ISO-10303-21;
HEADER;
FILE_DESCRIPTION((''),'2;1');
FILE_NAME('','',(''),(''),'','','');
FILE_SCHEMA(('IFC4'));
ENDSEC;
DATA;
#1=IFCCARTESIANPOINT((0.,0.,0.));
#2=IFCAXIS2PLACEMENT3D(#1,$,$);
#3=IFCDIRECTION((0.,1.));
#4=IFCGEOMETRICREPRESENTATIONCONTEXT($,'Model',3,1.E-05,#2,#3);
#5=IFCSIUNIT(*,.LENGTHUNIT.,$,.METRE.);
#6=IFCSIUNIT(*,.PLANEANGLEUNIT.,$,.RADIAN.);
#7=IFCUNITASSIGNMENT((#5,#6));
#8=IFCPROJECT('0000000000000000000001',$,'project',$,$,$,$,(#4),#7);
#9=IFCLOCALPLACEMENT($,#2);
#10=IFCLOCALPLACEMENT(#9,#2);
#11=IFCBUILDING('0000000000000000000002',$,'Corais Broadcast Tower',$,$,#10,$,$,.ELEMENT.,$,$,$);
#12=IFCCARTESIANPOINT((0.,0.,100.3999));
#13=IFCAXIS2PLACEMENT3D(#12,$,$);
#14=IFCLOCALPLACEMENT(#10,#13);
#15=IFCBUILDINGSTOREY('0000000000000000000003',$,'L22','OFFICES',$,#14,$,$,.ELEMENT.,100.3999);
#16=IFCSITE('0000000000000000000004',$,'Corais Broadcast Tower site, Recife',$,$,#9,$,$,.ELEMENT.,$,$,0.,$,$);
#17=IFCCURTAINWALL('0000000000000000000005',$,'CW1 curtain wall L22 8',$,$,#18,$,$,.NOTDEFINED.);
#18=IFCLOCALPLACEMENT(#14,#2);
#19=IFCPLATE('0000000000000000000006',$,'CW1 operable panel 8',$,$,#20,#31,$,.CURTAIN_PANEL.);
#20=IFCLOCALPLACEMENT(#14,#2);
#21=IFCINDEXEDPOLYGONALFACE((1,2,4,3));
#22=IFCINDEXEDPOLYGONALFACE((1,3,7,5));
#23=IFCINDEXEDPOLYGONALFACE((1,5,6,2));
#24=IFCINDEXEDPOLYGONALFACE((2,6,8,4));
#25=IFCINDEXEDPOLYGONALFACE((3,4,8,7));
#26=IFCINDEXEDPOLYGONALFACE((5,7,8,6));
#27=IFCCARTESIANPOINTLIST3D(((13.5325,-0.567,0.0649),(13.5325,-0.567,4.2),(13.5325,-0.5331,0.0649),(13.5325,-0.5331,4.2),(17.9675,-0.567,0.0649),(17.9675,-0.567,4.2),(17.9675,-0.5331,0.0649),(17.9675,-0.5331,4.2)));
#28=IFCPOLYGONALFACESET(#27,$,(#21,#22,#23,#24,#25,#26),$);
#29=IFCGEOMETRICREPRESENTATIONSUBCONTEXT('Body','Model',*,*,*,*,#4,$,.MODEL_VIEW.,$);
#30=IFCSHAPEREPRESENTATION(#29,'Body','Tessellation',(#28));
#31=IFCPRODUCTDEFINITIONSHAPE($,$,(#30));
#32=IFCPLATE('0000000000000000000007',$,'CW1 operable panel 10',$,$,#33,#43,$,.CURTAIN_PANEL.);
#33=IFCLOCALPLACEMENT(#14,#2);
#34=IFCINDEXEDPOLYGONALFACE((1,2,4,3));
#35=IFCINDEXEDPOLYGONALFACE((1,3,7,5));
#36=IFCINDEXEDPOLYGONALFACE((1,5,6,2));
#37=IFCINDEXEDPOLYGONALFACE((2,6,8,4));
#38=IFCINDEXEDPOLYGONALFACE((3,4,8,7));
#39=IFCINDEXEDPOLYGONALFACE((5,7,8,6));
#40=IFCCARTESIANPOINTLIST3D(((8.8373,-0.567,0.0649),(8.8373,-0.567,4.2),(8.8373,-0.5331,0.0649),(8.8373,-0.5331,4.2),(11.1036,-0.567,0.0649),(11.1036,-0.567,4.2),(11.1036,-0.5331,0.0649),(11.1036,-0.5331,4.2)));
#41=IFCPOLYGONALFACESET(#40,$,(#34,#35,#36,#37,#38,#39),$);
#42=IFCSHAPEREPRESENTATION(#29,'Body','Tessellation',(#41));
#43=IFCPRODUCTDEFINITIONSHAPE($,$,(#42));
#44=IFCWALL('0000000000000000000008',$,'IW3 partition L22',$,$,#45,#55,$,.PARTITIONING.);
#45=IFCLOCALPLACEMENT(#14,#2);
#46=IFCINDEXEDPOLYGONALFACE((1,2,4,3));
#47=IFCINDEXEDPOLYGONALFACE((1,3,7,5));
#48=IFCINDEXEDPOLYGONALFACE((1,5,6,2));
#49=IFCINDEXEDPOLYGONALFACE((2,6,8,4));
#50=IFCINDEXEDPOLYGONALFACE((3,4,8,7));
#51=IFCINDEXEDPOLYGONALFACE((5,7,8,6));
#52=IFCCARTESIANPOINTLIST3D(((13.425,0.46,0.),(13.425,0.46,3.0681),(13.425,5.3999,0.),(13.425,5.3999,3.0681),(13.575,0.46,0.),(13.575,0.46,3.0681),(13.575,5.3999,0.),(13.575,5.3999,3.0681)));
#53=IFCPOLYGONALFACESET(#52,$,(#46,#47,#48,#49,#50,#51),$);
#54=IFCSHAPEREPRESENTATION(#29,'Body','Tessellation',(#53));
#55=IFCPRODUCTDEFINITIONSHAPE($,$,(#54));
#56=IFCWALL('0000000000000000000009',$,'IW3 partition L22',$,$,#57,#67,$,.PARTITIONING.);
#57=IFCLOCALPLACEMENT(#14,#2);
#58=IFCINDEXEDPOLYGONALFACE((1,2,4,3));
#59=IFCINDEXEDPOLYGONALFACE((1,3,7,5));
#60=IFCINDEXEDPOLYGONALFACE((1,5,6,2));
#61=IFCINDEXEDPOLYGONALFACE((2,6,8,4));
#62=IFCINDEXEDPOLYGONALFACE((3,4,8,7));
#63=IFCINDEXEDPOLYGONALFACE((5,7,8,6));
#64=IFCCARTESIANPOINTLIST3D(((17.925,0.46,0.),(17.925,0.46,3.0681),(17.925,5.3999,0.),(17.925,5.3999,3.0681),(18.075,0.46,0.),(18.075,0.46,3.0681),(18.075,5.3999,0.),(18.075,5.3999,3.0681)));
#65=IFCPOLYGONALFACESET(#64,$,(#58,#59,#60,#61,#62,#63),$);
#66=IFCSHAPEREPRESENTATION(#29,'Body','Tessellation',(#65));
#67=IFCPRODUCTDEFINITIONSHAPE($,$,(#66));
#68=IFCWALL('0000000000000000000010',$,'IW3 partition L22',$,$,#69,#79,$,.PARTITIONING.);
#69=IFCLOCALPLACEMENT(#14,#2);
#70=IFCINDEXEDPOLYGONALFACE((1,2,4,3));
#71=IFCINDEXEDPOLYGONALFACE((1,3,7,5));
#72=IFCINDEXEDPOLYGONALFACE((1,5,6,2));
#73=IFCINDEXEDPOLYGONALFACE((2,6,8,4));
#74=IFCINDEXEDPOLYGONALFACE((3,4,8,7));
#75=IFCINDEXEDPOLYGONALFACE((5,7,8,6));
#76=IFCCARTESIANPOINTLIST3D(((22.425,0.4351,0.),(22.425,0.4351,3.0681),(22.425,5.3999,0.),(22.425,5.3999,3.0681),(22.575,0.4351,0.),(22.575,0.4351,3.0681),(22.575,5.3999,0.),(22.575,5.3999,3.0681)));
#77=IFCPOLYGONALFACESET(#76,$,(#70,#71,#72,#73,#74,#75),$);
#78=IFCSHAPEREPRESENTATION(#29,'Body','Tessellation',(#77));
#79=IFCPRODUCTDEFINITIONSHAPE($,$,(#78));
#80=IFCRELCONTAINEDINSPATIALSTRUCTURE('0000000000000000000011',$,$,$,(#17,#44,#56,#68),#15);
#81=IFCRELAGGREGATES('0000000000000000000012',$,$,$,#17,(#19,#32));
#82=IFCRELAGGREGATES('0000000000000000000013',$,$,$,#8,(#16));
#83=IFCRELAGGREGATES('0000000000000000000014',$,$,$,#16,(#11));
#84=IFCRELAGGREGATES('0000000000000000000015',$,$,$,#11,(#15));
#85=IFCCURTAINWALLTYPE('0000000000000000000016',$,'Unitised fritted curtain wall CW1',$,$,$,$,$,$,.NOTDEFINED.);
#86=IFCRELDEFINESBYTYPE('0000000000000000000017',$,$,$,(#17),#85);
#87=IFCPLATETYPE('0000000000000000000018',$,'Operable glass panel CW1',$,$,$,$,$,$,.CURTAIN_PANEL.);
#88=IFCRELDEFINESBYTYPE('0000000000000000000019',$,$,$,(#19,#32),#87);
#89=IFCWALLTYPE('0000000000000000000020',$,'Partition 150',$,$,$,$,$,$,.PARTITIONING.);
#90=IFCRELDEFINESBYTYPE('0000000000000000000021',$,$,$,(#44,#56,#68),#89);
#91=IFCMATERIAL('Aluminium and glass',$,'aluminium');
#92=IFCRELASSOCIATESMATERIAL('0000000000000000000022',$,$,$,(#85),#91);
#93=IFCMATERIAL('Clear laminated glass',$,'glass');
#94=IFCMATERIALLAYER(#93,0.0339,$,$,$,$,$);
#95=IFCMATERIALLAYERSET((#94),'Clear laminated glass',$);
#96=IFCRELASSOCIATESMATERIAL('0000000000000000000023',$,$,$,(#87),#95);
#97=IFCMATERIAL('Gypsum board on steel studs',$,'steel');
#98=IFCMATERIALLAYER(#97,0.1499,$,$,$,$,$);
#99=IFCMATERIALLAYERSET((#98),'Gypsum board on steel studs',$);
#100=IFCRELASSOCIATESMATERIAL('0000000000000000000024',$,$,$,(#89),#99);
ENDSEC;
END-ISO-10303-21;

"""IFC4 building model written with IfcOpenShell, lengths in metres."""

from ifc_helpers import new_model, si_unit, direction, frame, frame_2d, origin, origin_2d, place, context, subcontext, project, spatial, rectangle, extrude, material, layer, layer_set, type_object, element, aggregate, save


model = new_model("IFC4")

# Units and contexts
model_context = context("Model", 3, precision=1e-05, world=origin(), true_north=direction((0.0, 1.0)))
body_context = subcontext(model_context, "Body", "Model", "MODEL_VIEW")
ifc_project = project(units=[si_unit("LENGTHUNIT", "METRE"), si_unit("PLANEANGLEUNIT", "RADIAN")], contexts=[model_context])

# Site, building, storey
site_placement = place(None, origin())
site = spatial("IfcSite", under=ifc_project, at=site_placement, Name="Corais Broadcast Tower site, Recife", CompositionType="ELEMENT", RefElevation=0.0)
building_placement = place(site_placement, origin())
building = spatial("IfcBuilding", under=site, at=building_placement, Name="Corais Broadcast Tower", CompositionType="ELEMENT")
storey_placement = place(building_placement, frame((0.0, 0.0, 100.3999)))
storey = spatial("IfcBuildingStorey", under=building, at=storey_placement, Name="L22", Description="OFFICES", CompositionType="ELEMENT", Elevation=100.3999)

# Curtain wall
ifc_material_1 = material(Name="Aluminium and glass", Category="aluminium")
curtain_wall_type = type_object("IfcCurtainWallType", Name="Unitised fritted curtain wall CW1", PredefinedType="NOTDEFINED", material=ifc_material_1)
curtain_wall_placement = place(storey_placement, origin())
curtain_wall = element("IfcCurtainWall", 1, at=curtain_wall_placement, inside=storey, type_object=curtain_wall_type, Name="CW1 curtain wall L22 8", PredefinedType="NOTDEFINED")

# Plates
ifc_material_2 = material(Name="Clear laminated glass", Category="glass")
ifc_layer_1 = layer(ifc_material_2, 0.0339)
ifc_layer_set_1 = layer_set([ifc_layer_1], Name="Clear laminated glass")
plate_type_1 = type_object("IfcPlateType", Name="Operable glass panel CW1", PredefinedType="CURTAIN_PANEL", material=ifc_layer_set_1)
plate_1_placement = place(storey_placement, frame((15.75, -0.55, 0.0649), z_axis=(0.0, 0.0, 1.0), x_axis=(-1.0, 0.0, 0.0)))
plate_1 = element("IfcPlate", 2, at=plate_1_placement, type_object=plate_type_1, Name="CW1 operable panel 8", PredefinedType="CURTAIN_PANEL", context=body_context, shape_type="SweptSolid", body=[
    extrude(rectangle(XDim=4.4351, YDim=0.0339, at=origin_2d()), origin(), (0.0, 0.0, 1.0), 4.135),
])
plate_2_placement = place(storey_placement, frame((9.9705, -0.55, 0.0649), z_axis=(0.0, 0.0, 1.0), x_axis=(-1.0, 0.0, 0.0)))
plate_2 = element("IfcPlate", 3, at=plate_2_placement, type_object=plate_type_1, Name="CW1 operable panel 10", PredefinedType="CURTAIN_PANEL", context=body_context, shape_type="SweptSolid", body=[
    extrude(rectangle(XDim=2.2664, YDim=0.0339, at=origin_2d()), origin(), (0.0, 0.0, 1.0), 4.135),
])
aggregate(curtain_wall, [plate_1, plate_2])

# Walls
ifc_material_3 = material(Name="Gypsum board on steel studs", Category="steel")
ifc_layer_2 = layer(ifc_material_3, 0.1499)
ifc_layer_set_2 = layer_set([ifc_layer_2], Name="Gypsum board on steel studs")
wall_type = type_object("IfcWallType", Name="Partition 150", PredefinedType="PARTITIONING", material=ifc_layer_set_2)
for number, where, z_axis, x_axis, name in (
    (4, (13.5, 0.46, 0.0), (0.0, 0.0, 1.0), (0.0, 1.0, 0.0), "IW3 partition L22"),
    (5, (18.0, 0.46, 0.0), (0.0, 0.0, 1.0), (0.0, 1.0, 0.0), "IW3 partition L22"),
):
    element("IfcWall", number, at=place(storey_placement, frame(where, z_axis=z_axis, x_axis=x_axis)), inside=storey, type_object=wall_type, Name=name, PredefinedType="PARTITIONING", context=body_context, shape_type="SweptSolid", body=[
        extrude(rectangle(XDim=4.9399, YDim=0.1499, at=frame_2d((2.47, 0.0))), origin(), (0.0, 0.0, 1.0), 3.0681),
    ])
wall_placement = place(storey_placement, frame((22.5, 0.4351, 0.0), z_axis=(0.0, 0.0, 1.0), x_axis=(0.0, 1.0, 0.0)))
element("IfcWall", 6, at=wall_placement, inside=storey, type_object=wall_type, Name="IW3 partition L22", PredefinedType="PARTITIONING", context=body_context, shape_type="SweptSolid", body=[
    extrude(rectangle(XDim=4.9648, YDim=0.1499, at=frame_2d((2.4824, 0.0))), origin(), (0.0, 0.0, 1.0), 3.0681),
])

save(model, "model.ifc")
